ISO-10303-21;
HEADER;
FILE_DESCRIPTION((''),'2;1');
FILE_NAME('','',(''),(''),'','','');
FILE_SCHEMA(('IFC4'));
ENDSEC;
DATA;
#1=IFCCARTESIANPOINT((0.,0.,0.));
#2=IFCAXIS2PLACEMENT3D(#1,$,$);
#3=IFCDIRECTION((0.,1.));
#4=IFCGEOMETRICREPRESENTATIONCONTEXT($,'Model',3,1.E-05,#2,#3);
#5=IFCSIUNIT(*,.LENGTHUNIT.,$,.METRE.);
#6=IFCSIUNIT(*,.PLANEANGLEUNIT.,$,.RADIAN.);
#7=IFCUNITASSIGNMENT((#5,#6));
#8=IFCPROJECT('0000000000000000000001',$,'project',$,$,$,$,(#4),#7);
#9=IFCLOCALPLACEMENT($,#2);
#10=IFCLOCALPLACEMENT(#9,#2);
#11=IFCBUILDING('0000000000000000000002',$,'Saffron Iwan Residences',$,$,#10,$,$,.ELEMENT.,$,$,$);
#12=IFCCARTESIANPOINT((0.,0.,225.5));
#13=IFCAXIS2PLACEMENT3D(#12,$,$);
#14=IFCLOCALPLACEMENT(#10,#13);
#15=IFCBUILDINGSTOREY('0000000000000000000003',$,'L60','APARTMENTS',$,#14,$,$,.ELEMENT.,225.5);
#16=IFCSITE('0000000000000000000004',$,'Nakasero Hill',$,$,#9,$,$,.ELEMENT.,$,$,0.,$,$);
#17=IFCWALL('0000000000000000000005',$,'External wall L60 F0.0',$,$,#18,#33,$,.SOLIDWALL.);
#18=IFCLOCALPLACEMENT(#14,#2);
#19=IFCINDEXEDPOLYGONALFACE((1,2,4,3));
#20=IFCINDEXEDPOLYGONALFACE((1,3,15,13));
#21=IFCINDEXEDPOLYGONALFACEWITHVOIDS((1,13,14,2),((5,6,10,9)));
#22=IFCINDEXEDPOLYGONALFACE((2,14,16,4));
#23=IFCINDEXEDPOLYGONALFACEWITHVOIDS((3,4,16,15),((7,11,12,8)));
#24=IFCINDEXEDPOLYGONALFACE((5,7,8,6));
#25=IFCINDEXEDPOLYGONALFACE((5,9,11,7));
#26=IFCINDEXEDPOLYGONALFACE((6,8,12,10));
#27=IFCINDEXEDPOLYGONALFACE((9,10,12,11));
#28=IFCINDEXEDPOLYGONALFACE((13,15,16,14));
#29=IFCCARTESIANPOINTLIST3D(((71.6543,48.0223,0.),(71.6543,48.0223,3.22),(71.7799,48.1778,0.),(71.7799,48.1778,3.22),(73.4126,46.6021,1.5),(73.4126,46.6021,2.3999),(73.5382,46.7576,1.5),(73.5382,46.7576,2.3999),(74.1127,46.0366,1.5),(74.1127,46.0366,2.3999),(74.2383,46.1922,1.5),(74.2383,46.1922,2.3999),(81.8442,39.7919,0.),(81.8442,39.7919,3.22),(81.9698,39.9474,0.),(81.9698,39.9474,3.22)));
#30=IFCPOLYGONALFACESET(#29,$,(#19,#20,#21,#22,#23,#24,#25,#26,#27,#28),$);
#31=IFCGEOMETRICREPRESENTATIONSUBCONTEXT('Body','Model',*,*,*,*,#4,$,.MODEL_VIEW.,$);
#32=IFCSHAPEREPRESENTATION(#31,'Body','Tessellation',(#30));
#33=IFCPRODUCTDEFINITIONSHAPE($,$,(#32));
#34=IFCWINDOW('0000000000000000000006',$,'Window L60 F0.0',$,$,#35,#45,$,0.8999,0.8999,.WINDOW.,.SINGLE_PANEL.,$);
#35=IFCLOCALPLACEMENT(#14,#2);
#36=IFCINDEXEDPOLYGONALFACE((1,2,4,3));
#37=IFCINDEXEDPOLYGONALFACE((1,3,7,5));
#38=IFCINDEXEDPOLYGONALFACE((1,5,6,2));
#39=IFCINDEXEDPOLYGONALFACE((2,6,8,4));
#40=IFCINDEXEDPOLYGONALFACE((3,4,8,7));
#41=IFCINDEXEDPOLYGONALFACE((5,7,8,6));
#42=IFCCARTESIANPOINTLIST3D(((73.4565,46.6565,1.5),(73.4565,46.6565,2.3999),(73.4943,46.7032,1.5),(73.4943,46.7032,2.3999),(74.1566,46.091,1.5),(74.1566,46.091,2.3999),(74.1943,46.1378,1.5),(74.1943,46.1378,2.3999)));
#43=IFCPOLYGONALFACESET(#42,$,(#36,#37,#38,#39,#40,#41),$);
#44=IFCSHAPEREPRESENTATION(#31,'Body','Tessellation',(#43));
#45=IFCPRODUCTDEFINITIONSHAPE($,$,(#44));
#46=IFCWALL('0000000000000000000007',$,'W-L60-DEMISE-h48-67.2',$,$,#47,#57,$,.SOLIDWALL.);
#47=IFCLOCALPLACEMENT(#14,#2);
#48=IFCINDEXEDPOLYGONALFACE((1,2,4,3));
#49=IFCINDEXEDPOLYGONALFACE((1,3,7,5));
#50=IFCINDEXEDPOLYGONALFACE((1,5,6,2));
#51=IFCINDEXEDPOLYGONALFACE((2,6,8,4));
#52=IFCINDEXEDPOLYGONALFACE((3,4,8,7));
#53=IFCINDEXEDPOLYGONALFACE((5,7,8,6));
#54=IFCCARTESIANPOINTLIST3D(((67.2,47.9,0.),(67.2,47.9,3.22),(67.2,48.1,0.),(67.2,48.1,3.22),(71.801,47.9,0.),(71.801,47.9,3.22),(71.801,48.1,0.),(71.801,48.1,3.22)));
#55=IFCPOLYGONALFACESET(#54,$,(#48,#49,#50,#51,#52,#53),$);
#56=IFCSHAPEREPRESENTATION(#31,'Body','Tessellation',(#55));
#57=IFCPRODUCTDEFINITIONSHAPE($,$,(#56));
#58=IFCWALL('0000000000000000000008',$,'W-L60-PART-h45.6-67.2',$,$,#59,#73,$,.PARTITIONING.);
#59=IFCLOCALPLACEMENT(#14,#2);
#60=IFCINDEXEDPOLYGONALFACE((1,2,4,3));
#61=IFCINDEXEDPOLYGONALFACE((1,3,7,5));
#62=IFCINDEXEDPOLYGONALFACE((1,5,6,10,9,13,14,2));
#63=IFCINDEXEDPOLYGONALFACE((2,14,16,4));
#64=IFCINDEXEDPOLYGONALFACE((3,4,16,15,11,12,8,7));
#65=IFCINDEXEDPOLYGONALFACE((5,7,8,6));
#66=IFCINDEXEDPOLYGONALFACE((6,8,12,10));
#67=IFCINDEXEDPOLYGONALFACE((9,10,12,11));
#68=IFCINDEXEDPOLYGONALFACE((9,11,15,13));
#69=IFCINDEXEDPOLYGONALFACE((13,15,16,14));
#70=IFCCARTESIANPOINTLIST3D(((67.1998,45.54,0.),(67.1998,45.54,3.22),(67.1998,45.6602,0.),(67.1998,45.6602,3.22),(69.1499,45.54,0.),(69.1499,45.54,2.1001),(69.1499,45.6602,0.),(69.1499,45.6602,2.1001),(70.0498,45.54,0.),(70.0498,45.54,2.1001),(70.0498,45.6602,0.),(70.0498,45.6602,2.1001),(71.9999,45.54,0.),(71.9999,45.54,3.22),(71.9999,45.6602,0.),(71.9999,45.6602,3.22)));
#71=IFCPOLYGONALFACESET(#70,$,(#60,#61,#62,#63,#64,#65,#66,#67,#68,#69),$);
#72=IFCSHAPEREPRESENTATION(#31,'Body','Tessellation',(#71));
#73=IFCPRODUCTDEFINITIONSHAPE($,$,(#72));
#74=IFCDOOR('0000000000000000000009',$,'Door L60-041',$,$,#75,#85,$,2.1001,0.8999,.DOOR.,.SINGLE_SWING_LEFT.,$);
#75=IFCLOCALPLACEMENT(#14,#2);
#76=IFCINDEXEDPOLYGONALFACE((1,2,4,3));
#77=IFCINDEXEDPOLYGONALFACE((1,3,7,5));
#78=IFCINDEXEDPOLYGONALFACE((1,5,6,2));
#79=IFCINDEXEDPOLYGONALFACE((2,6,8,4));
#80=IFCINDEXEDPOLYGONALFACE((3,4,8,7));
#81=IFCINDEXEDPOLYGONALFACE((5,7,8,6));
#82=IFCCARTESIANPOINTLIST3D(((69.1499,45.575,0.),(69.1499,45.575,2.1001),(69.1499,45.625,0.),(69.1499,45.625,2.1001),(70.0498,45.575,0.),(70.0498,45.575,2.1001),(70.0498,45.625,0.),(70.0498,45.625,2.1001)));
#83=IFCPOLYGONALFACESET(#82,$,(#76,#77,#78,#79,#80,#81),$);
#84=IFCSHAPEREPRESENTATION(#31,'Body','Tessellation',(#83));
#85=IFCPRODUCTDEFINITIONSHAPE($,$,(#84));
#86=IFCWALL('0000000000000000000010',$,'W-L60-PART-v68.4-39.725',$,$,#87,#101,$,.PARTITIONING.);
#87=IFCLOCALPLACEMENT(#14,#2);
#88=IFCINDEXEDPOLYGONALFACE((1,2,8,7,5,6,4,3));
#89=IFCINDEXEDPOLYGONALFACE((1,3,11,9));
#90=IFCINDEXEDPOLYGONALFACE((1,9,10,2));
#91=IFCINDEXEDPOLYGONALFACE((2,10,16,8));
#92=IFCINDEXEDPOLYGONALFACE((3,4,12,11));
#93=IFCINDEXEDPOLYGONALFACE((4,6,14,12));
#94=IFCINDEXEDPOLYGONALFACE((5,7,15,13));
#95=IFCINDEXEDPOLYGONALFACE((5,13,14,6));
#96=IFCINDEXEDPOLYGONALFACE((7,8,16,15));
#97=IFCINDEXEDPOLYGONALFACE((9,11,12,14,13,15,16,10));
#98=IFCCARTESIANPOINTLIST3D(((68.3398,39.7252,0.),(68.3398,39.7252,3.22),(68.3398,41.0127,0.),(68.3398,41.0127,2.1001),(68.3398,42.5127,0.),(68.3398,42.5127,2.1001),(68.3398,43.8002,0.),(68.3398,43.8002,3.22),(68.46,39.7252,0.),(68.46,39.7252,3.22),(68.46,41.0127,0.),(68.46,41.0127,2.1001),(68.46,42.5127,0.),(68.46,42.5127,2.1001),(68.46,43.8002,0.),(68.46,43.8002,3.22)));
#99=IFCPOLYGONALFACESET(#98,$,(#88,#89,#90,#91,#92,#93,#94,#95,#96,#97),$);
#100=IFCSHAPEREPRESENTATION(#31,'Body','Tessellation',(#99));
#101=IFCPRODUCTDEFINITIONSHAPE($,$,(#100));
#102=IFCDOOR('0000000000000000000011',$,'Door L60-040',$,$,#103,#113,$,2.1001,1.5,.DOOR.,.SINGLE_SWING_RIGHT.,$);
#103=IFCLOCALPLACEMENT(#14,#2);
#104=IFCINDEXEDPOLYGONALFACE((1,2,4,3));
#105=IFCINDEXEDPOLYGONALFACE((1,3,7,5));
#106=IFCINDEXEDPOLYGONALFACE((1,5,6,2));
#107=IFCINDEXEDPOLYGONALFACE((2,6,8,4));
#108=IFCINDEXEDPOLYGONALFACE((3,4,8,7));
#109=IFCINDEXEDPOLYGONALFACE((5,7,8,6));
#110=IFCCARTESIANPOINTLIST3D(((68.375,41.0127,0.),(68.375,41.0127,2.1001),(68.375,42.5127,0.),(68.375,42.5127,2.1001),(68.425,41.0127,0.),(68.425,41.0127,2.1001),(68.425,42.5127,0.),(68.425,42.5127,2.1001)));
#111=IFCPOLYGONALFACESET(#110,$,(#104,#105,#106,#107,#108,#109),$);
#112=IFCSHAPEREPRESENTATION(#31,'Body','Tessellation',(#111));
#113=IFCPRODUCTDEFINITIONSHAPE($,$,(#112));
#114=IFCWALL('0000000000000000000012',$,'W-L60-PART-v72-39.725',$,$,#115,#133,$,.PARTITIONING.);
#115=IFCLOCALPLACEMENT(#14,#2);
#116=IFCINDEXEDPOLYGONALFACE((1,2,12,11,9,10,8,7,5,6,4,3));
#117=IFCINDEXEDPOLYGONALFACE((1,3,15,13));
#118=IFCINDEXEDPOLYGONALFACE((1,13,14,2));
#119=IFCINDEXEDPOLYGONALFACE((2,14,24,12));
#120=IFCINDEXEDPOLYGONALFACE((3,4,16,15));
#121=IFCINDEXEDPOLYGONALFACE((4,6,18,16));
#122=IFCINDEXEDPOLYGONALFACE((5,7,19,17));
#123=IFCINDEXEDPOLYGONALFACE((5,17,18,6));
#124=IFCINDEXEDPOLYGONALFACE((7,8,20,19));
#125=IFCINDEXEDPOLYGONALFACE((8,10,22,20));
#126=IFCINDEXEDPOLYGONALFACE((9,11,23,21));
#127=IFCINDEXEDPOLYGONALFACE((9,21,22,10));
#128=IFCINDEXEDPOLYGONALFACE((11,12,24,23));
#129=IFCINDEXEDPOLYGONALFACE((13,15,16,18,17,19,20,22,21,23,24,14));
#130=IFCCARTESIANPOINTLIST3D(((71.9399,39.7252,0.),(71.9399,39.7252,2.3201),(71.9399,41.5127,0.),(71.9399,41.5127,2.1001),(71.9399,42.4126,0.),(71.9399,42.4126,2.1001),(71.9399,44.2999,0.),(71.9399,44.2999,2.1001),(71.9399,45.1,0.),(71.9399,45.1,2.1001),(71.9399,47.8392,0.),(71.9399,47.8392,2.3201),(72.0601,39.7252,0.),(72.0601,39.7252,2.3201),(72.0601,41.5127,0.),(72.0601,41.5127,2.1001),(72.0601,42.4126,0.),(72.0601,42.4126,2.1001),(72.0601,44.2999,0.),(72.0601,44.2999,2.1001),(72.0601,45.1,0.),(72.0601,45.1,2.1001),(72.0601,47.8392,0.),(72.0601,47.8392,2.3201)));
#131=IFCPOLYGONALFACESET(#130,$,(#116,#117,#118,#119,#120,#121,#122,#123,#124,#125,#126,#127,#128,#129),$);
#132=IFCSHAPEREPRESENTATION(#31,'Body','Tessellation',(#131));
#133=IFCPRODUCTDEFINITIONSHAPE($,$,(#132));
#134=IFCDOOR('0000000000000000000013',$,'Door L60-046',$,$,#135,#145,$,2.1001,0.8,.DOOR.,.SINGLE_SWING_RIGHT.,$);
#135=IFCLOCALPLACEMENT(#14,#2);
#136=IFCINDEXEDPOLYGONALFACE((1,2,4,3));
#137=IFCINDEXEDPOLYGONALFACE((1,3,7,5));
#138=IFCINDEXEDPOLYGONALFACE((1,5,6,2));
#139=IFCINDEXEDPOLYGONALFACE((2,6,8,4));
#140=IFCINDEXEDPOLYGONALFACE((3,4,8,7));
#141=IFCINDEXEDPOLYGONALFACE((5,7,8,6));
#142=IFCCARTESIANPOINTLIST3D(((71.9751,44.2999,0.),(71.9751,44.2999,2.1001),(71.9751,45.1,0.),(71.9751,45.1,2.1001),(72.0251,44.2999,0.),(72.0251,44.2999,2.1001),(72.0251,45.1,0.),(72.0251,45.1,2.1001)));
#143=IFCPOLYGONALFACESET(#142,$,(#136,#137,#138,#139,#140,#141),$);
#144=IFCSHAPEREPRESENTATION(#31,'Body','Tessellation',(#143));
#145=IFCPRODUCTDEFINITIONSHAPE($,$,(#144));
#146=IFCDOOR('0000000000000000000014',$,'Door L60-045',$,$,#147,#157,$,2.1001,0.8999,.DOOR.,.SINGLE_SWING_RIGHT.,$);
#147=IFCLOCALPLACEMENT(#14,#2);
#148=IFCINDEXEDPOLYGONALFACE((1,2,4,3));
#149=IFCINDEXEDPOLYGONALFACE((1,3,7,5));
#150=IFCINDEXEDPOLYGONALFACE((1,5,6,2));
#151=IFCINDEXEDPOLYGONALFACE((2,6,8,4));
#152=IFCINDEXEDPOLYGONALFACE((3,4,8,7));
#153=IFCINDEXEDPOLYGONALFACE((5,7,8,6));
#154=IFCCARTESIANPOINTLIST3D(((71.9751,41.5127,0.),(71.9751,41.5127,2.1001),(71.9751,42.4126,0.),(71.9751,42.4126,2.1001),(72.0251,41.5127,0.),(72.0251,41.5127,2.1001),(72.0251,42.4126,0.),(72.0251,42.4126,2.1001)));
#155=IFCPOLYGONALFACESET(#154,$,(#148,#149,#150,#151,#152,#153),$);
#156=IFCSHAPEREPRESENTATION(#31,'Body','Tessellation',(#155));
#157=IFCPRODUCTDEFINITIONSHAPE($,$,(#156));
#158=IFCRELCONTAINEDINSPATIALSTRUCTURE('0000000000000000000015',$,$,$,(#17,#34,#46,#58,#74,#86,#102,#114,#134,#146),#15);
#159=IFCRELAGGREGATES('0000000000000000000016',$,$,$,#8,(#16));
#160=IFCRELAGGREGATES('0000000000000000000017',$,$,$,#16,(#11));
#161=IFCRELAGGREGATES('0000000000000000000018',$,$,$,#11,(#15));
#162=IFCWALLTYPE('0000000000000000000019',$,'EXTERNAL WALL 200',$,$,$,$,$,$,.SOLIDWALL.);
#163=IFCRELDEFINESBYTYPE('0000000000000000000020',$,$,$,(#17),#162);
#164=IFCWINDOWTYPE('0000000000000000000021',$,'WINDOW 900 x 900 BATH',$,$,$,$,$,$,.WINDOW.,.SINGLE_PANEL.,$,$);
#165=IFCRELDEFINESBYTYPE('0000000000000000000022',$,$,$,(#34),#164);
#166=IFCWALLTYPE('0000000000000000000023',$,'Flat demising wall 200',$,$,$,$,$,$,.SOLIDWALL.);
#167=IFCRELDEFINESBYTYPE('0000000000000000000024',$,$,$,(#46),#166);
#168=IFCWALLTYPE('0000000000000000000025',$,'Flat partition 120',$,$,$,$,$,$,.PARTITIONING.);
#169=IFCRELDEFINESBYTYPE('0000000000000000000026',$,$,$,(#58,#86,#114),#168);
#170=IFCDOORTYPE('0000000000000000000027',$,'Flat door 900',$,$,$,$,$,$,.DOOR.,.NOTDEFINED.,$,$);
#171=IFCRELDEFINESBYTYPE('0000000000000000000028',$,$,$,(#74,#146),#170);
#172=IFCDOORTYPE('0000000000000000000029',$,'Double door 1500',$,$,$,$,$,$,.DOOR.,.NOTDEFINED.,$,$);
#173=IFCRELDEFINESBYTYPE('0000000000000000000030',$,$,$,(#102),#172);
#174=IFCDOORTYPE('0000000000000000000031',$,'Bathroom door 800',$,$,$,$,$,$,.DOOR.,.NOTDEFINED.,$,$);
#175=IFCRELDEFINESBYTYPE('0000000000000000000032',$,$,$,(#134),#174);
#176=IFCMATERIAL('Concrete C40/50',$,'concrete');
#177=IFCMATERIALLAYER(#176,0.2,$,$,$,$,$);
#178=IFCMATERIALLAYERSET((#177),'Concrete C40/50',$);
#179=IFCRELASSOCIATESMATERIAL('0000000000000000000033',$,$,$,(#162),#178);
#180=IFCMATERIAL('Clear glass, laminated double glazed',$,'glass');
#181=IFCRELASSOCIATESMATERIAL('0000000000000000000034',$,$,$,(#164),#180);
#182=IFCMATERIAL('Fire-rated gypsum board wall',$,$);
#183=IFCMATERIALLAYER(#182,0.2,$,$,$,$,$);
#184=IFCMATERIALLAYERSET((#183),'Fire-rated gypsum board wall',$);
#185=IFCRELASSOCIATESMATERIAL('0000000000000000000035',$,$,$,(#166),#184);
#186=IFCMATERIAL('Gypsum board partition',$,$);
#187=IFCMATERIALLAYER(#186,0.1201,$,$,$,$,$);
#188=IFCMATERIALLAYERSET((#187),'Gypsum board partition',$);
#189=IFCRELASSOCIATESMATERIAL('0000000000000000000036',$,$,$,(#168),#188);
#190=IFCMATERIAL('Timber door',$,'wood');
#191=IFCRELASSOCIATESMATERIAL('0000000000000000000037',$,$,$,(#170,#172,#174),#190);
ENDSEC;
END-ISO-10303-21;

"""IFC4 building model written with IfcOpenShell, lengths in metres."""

from ifc_helpers import new_model, si_unit, direction, frame, frame_2d, origin, place, context, subcontext, project, spatial, rectangle, extrude, material, layer, layer_set, type_object, element, fill, save


model = new_model("IFC4")

# Units and contexts
model_context = context("Model", 3, precision=1e-05, world=origin(), true_north=direction((0.0, 1.0)))
body_context = subcontext(model_context, "Body", "Model", "MODEL_VIEW")
ifc_project = project(units=[si_unit("LENGTHUNIT", "METRE"), si_unit("PLANEANGLEUNIT", "RADIAN")], contexts=[model_context])

# Site, building, storey
site_placement = place(None, origin())
site = spatial("IfcSite", under=ifc_project, at=site_placement, Name="Nakasero Hill", CompositionType="ELEMENT", RefElevation=0.0)
building_placement = place(site_placement, origin())
building = spatial("IfcBuilding", under=site, at=building_placement, Name="Saffron Iwan Residences", CompositionType="ELEMENT")
storey_placement = place(building_placement, frame((0.0, 0.0, 225.5)))
storey = spatial("IfcBuildingStorey", under=building, at=storey_placement, Name="L60", Description="APARTMENTS", CompositionType="ELEMENT", Elevation=225.5)

# Shared definitions
ifc_material_1 = material(Name="Concrete C40/50", Category="concrete")

# Wall, opening, window
ifc_layer_1 = layer(ifc_material_1, 0.2)
ifc_layer_set_1 = layer_set([ifc_layer_1], Name="Concrete C40/50")
wall_type_1 = type_object("IfcWallType", Name="EXTERNAL WALL 200", PredefinedType="SOLIDWALL", material=ifc_layer_set_1)
wall_1_placement = place(storey_placement, frame((81.907, 39.8696, 0.0), z_axis=(0.0, 0.0, 1.0), x_axis=(-0.777936, 0.628343, 0.0)))
wall_1 = element("IfcWall", 1, at=wall_1_placement, inside=storey, type_object=wall_type_1, Name="External wall L60 F0.0", PredefinedType="SOLIDWALL", context=body_context, shape_type="SweptSolid", body=[
    extrude(rectangle(XDim=13.0986, YDim=0.2, at=frame_2d((6.5493, 0.0))), origin(), (0.0, 0.0, 1.0), 3.22),
])
opening_1_placement = place(wall_1_placement, frame((9.9385, 0.0, 1.5)))
opening_1 = element("IfcOpeningElement", 2, at=opening_1_placement, cuts=wall_1, PredefinedType="OPENING", context=body_context, shape_type="SweptSolid", body=[
    extrude(rectangle(XDim=0.8999, YDim=0.8999, at=frame_2d((0.45, 0.45))), frame((0.0, 0.1099, 0.0), z_axis=(0.0, -1.0, 0.0), x_axis=(1.0, 0.0, 0.0)), (0.0, 0.0, 1.0), 0.22),
])
ifc_material_2 = material(Name="Clear glass, laminated double glazed", Category="glass")
window_type = type_object("IfcWindowType", Name="WINDOW 900 x 900 BATH", PartitioningType="SINGLE_PANEL", PredefinedType="WINDOW", material=ifc_material_2)
window_placement = place(opening_1_placement, origin())
window = element("IfcWindow", 3, at=window_placement, inside=storey, type_object=window_type, Name="Window L60 F0.0", OverallHeight=0.8999, OverallWidth=0.8999, PartitioningType="SINGLE_PANEL", PredefinedType="WINDOW", context=body_context, shape_type="SweptSolid", body=[
    extrude(rectangle(XDim=0.8999, YDim=0.8999, at=frame_2d((0.45, 0.45))), frame((0.0, 0.03, 0.0), z_axis=(0.0, -1.0, 0.0), x_axis=(1.0, 0.0, 0.0)), (0.0, 0.0, 1.0), 0.0601),
])
fill(opening_1, window)

# Wall
ifc_material_3 = material(Name="Fire-rated gypsum board wall")
ifc_layer_2 = layer(ifc_material_3, 0.2)
ifc_layer_set_2 = layer_set([ifc_layer_2], Name="Fire-rated gypsum board wall")
wall_type_2 = type_object("IfcWallType", Name="Flat demising wall 200", PredefinedType="SOLIDWALL", material=ifc_layer_set_2)
wall_2_placement = place(storey_placement, frame((67.2, 48.0, 0.0), z_axis=(0.0, 0.0, 1.0), x_axis=(1.0, 0.0, 0.0)))
element("IfcWall", 4, at=wall_2_placement, inside=storey, type_object=wall_type_2, Name="W-L60-DEMISE-h48-67.2", PredefinedType="SOLIDWALL", context=body_context, shape_type="SweptSolid", body=[
    extrude(rectangle(XDim=4.6011, YDim=0.2, at=frame_2d((2.3005, 0.0))), origin(), (0.0, 0.0, 1.0), 3.22),
])

# Walls, openings, doors
ifc_material_4 = material(Name="Gypsum board partition")
ifc_layer_3 = layer(ifc_material_4, 0.1201)
ifc_layer_set_3 = layer_set([ifc_layer_3], Name="Gypsum board partition")
wall_type_3 = type_object("IfcWallType", Name="Flat partition 120", PredefinedType="PARTITIONING", material=ifc_layer_set_3)
wall_3_placement = place(storey_placement, frame((67.2, 45.6001, 0.0), z_axis=(0.0, 0.0, 1.0), x_axis=(1.0, 0.0, 0.0)))
wall_3 = element("IfcWall", 5, at=wall_3_placement, inside=storey, type_object=wall_type_3, Name="W-L60-PART-h45.6-67.2", PredefinedType="PARTITIONING", context=body_context, shape_type="SweptSolid", body=[
    extrude(rectangle(XDim=4.8, YDim=0.1201, at=frame_2d((2.3999, 0.0))), origin(), (0.0, 0.0, 1.0), 3.22),
])
opening_2_placement = place(wall_3_placement, frame((1.95, 0.0, 0.0)))
opening_2 = element("IfcOpeningElement", 6, at=opening_2_placement, cuts=wall_3, PredefinedType="OPENING", context=body_context, shape_type="SweptSolid", body=[
    extrude(rectangle(XDim=0.8999, YDim=2.1001, at=frame_2d((0.45, 1.05))), frame((0.0, 0.0701, 0.0), z_axis=(0.0, -1.0, 0.0), x_axis=(1.0, 0.0, 0.0)), (0.0, 0.0, 1.0), 0.1401),
])
ifc_material_5 = material(Name="Timber door", Category="wood")
door_type_1 = type_object("IfcDoorType", Name="Flat door 900", OperationType="NOTDEFINED", PredefinedType="DOOR", material=ifc_material_5)
door_1_placement = place(opening_2_placement, origin())
door_1 = element("IfcDoor", 7, at=door_1_placement, inside=storey, type_object=door_type_1, Name="Door L60-041", OperationType="SINGLE_SWING_LEFT", OverallHeight=2.1001, OverallWidth=0.8999, PredefinedType="DOOR", context=body_context, shape_type="SweptSolid", body=[
    extrude(rectangle(XDim=0.8999, YDim=2.1001, at=frame_2d((0.45, 1.05))), frame((0.0, 0.0249, 0.0), z_axis=(0.0, -1.0, 0.0), x_axis=(1.0, 0.0, 0.0)), (0.0, 0.0, 1.0), 0.05),
])
fill(opening_2, door_1)
wall_4_placement = place(storey_placement, frame((68.3999, 39.7251, 0.0), z_axis=(0.0, 0.0, 1.0), x_axis=(0.0, 1.0, 0.0)))
wall_4 = element("IfcWall", 8, at=wall_4_placement, inside=storey, type_object=wall_type_3, Name="W-L60-PART-v68.4-39.725", PredefinedType="PARTITIONING", context=body_context, shape_type="SweptSolid", body=[
    extrude(rectangle(XDim=4.075, YDim=0.1201, at=frame_2d((2.0376, 0.0))), origin(), (0.0, 0.0, 1.0), 3.22),
])
opening_3_placement = place(wall_4_placement, frame((1.2876, 0.0, 0.0)))
opening_3 = element("IfcOpeningElement", 9, at=opening_3_placement, cuts=wall_4, PredefinedType="OPENING", context=body_context, shape_type="SweptSolid", body=[
    extrude(rectangle(XDim=1.5, YDim=2.1001, at=frame_2d((0.75, 1.05))), frame((0.0, 0.0701, 0.0), z_axis=(0.0, -1.0, 0.0), x_axis=(1.0, 0.0, 0.0)), (0.0, 0.0, 1.0), 0.1401),
])
door_type_2 = type_object("IfcDoorType", Name="Double door 1500", OperationType="NOTDEFINED", PredefinedType="DOOR", material=ifc_material_5)
door_2_placement = place(opening_3_placement, origin())
door_2 = element("IfcDoor", 10, at=door_2_placement, inside=storey, type_object=door_type_2, Name="Door L60-040", OperationType="SINGLE_SWING_RIGHT", OverallHeight=2.1001, OverallWidth=1.5, PredefinedType="DOOR", context=body_context, shape_type="SweptSolid", body=[
    extrude(rectangle(XDim=1.5, YDim=2.1001, at=frame_2d((0.75, 1.05))), frame((0.0, 0.0249, 0.0), z_axis=(0.0, -1.0, 0.0), x_axis=(1.0, 0.0, 0.0)), (0.0, 0.0, 1.0), 0.05),
])
fill(opening_3, door_2)

# Wall, openings, doors
wall_5_placement = place(storey_placement, frame((72.0, 39.7251, 0.0), z_axis=(0.0, 0.0, 1.0), x_axis=(0.0, 1.0, 0.0)))
wall_5 = element("IfcWall", 11, at=wall_5_placement, inside=storey, type_object=wall_type_3, Name="W-L60-PART-v72-39.725", PredefinedType="PARTITIONING", context=body_context, shape_type="SweptSolid", body=[
    extrude(rectangle(XDim=8.114, YDim=0.1201, at=frame_2d((4.0571, 0.0))), origin(), (0.0, 0.0, 1.0), 2.3201),
])
opening_4_placement = place(wall_5_placement, frame((1.7876, 0.0, 0.0)))
opening_4 = element("IfcOpeningElement", 12, at=opening_4_placement, cuts=wall_5, PredefinedType="OPENING", context=body_context, shape_type="SweptSolid", body=[
    extrude(rectangle(XDim=0.8999, YDim=2.1001, at=frame_2d((0.45, 1.05))), frame((0.0, 0.0701, 0.0), z_axis=(0.0, -1.0, 0.0), x_axis=(1.0, 0.0, 0.0)), (0.0, 0.0, 1.0), 0.1401),
])
opening_5_placement = place(wall_5_placement, frame((4.575, 0.0, 0.0)))
opening_5 = element("IfcOpeningElement", 13, at=opening_5_placement, cuts=wall_5, PredefinedType="OPENING", context=body_context, shape_type="SweptSolid", body=[
    extrude(rectangle(XDim=0.8, YDim=2.1001, at=frame_2d((0.3999, 1.05))), frame((0.0, 0.0701, 0.0), z_axis=(0.0, -1.0, 0.0), x_axis=(1.0, 0.0, 0.0)), (0.0, 0.0, 1.0), 0.1401),
])
door_type_3 = type_object("IfcDoorType", Name="Bathroom door 800", OperationType="NOTDEFINED", PredefinedType="DOOR", material=ifc_material_5)
door_3_placement = place(opening_5_placement, origin())
door_3 = element("IfcDoor", 14, at=door_3_placement, inside=storey, type_object=door_type_3, Name="Door L60-046", OperationType="SINGLE_SWING_RIGHT", OverallHeight=2.1001, OverallWidth=0.8, PredefinedType="DOOR", context=body_context, shape_type="SweptSolid", body=[
    extrude(rectangle(XDim=0.8, YDim=2.1001, at=frame_2d((0.3999, 1.05))), frame((0.0, 0.0249, 0.0), z_axis=(0.0, -1.0, 0.0), x_axis=(1.0, 0.0, 0.0)), (0.0, 0.0, 1.0), 0.05),
])
fill(opening_5, door_3)
door_4_placement = place(opening_4_placement, origin())
door_4 = element("IfcDoor", 15, at=door_4_placement, inside=storey, type_object=door_type_1, Name="Door L60-045", OperationType="SINGLE_SWING_RIGHT", OverallHeight=2.1001, OverallWidth=0.8999, PredefinedType="DOOR", context=body_context, shape_type="SweptSolid", body=[
    extrude(rectangle(XDim=0.8999, YDim=2.1001, at=frame_2d((0.45, 1.05))), frame((0.0, 0.0249, 0.0), z_axis=(0.0, -1.0, 0.0), x_axis=(1.0, 0.0, 0.0)), (0.0, 0.0, 1.0), 0.05),
])
fill(opening_4, door_4)

save(model, "model.ifc")
